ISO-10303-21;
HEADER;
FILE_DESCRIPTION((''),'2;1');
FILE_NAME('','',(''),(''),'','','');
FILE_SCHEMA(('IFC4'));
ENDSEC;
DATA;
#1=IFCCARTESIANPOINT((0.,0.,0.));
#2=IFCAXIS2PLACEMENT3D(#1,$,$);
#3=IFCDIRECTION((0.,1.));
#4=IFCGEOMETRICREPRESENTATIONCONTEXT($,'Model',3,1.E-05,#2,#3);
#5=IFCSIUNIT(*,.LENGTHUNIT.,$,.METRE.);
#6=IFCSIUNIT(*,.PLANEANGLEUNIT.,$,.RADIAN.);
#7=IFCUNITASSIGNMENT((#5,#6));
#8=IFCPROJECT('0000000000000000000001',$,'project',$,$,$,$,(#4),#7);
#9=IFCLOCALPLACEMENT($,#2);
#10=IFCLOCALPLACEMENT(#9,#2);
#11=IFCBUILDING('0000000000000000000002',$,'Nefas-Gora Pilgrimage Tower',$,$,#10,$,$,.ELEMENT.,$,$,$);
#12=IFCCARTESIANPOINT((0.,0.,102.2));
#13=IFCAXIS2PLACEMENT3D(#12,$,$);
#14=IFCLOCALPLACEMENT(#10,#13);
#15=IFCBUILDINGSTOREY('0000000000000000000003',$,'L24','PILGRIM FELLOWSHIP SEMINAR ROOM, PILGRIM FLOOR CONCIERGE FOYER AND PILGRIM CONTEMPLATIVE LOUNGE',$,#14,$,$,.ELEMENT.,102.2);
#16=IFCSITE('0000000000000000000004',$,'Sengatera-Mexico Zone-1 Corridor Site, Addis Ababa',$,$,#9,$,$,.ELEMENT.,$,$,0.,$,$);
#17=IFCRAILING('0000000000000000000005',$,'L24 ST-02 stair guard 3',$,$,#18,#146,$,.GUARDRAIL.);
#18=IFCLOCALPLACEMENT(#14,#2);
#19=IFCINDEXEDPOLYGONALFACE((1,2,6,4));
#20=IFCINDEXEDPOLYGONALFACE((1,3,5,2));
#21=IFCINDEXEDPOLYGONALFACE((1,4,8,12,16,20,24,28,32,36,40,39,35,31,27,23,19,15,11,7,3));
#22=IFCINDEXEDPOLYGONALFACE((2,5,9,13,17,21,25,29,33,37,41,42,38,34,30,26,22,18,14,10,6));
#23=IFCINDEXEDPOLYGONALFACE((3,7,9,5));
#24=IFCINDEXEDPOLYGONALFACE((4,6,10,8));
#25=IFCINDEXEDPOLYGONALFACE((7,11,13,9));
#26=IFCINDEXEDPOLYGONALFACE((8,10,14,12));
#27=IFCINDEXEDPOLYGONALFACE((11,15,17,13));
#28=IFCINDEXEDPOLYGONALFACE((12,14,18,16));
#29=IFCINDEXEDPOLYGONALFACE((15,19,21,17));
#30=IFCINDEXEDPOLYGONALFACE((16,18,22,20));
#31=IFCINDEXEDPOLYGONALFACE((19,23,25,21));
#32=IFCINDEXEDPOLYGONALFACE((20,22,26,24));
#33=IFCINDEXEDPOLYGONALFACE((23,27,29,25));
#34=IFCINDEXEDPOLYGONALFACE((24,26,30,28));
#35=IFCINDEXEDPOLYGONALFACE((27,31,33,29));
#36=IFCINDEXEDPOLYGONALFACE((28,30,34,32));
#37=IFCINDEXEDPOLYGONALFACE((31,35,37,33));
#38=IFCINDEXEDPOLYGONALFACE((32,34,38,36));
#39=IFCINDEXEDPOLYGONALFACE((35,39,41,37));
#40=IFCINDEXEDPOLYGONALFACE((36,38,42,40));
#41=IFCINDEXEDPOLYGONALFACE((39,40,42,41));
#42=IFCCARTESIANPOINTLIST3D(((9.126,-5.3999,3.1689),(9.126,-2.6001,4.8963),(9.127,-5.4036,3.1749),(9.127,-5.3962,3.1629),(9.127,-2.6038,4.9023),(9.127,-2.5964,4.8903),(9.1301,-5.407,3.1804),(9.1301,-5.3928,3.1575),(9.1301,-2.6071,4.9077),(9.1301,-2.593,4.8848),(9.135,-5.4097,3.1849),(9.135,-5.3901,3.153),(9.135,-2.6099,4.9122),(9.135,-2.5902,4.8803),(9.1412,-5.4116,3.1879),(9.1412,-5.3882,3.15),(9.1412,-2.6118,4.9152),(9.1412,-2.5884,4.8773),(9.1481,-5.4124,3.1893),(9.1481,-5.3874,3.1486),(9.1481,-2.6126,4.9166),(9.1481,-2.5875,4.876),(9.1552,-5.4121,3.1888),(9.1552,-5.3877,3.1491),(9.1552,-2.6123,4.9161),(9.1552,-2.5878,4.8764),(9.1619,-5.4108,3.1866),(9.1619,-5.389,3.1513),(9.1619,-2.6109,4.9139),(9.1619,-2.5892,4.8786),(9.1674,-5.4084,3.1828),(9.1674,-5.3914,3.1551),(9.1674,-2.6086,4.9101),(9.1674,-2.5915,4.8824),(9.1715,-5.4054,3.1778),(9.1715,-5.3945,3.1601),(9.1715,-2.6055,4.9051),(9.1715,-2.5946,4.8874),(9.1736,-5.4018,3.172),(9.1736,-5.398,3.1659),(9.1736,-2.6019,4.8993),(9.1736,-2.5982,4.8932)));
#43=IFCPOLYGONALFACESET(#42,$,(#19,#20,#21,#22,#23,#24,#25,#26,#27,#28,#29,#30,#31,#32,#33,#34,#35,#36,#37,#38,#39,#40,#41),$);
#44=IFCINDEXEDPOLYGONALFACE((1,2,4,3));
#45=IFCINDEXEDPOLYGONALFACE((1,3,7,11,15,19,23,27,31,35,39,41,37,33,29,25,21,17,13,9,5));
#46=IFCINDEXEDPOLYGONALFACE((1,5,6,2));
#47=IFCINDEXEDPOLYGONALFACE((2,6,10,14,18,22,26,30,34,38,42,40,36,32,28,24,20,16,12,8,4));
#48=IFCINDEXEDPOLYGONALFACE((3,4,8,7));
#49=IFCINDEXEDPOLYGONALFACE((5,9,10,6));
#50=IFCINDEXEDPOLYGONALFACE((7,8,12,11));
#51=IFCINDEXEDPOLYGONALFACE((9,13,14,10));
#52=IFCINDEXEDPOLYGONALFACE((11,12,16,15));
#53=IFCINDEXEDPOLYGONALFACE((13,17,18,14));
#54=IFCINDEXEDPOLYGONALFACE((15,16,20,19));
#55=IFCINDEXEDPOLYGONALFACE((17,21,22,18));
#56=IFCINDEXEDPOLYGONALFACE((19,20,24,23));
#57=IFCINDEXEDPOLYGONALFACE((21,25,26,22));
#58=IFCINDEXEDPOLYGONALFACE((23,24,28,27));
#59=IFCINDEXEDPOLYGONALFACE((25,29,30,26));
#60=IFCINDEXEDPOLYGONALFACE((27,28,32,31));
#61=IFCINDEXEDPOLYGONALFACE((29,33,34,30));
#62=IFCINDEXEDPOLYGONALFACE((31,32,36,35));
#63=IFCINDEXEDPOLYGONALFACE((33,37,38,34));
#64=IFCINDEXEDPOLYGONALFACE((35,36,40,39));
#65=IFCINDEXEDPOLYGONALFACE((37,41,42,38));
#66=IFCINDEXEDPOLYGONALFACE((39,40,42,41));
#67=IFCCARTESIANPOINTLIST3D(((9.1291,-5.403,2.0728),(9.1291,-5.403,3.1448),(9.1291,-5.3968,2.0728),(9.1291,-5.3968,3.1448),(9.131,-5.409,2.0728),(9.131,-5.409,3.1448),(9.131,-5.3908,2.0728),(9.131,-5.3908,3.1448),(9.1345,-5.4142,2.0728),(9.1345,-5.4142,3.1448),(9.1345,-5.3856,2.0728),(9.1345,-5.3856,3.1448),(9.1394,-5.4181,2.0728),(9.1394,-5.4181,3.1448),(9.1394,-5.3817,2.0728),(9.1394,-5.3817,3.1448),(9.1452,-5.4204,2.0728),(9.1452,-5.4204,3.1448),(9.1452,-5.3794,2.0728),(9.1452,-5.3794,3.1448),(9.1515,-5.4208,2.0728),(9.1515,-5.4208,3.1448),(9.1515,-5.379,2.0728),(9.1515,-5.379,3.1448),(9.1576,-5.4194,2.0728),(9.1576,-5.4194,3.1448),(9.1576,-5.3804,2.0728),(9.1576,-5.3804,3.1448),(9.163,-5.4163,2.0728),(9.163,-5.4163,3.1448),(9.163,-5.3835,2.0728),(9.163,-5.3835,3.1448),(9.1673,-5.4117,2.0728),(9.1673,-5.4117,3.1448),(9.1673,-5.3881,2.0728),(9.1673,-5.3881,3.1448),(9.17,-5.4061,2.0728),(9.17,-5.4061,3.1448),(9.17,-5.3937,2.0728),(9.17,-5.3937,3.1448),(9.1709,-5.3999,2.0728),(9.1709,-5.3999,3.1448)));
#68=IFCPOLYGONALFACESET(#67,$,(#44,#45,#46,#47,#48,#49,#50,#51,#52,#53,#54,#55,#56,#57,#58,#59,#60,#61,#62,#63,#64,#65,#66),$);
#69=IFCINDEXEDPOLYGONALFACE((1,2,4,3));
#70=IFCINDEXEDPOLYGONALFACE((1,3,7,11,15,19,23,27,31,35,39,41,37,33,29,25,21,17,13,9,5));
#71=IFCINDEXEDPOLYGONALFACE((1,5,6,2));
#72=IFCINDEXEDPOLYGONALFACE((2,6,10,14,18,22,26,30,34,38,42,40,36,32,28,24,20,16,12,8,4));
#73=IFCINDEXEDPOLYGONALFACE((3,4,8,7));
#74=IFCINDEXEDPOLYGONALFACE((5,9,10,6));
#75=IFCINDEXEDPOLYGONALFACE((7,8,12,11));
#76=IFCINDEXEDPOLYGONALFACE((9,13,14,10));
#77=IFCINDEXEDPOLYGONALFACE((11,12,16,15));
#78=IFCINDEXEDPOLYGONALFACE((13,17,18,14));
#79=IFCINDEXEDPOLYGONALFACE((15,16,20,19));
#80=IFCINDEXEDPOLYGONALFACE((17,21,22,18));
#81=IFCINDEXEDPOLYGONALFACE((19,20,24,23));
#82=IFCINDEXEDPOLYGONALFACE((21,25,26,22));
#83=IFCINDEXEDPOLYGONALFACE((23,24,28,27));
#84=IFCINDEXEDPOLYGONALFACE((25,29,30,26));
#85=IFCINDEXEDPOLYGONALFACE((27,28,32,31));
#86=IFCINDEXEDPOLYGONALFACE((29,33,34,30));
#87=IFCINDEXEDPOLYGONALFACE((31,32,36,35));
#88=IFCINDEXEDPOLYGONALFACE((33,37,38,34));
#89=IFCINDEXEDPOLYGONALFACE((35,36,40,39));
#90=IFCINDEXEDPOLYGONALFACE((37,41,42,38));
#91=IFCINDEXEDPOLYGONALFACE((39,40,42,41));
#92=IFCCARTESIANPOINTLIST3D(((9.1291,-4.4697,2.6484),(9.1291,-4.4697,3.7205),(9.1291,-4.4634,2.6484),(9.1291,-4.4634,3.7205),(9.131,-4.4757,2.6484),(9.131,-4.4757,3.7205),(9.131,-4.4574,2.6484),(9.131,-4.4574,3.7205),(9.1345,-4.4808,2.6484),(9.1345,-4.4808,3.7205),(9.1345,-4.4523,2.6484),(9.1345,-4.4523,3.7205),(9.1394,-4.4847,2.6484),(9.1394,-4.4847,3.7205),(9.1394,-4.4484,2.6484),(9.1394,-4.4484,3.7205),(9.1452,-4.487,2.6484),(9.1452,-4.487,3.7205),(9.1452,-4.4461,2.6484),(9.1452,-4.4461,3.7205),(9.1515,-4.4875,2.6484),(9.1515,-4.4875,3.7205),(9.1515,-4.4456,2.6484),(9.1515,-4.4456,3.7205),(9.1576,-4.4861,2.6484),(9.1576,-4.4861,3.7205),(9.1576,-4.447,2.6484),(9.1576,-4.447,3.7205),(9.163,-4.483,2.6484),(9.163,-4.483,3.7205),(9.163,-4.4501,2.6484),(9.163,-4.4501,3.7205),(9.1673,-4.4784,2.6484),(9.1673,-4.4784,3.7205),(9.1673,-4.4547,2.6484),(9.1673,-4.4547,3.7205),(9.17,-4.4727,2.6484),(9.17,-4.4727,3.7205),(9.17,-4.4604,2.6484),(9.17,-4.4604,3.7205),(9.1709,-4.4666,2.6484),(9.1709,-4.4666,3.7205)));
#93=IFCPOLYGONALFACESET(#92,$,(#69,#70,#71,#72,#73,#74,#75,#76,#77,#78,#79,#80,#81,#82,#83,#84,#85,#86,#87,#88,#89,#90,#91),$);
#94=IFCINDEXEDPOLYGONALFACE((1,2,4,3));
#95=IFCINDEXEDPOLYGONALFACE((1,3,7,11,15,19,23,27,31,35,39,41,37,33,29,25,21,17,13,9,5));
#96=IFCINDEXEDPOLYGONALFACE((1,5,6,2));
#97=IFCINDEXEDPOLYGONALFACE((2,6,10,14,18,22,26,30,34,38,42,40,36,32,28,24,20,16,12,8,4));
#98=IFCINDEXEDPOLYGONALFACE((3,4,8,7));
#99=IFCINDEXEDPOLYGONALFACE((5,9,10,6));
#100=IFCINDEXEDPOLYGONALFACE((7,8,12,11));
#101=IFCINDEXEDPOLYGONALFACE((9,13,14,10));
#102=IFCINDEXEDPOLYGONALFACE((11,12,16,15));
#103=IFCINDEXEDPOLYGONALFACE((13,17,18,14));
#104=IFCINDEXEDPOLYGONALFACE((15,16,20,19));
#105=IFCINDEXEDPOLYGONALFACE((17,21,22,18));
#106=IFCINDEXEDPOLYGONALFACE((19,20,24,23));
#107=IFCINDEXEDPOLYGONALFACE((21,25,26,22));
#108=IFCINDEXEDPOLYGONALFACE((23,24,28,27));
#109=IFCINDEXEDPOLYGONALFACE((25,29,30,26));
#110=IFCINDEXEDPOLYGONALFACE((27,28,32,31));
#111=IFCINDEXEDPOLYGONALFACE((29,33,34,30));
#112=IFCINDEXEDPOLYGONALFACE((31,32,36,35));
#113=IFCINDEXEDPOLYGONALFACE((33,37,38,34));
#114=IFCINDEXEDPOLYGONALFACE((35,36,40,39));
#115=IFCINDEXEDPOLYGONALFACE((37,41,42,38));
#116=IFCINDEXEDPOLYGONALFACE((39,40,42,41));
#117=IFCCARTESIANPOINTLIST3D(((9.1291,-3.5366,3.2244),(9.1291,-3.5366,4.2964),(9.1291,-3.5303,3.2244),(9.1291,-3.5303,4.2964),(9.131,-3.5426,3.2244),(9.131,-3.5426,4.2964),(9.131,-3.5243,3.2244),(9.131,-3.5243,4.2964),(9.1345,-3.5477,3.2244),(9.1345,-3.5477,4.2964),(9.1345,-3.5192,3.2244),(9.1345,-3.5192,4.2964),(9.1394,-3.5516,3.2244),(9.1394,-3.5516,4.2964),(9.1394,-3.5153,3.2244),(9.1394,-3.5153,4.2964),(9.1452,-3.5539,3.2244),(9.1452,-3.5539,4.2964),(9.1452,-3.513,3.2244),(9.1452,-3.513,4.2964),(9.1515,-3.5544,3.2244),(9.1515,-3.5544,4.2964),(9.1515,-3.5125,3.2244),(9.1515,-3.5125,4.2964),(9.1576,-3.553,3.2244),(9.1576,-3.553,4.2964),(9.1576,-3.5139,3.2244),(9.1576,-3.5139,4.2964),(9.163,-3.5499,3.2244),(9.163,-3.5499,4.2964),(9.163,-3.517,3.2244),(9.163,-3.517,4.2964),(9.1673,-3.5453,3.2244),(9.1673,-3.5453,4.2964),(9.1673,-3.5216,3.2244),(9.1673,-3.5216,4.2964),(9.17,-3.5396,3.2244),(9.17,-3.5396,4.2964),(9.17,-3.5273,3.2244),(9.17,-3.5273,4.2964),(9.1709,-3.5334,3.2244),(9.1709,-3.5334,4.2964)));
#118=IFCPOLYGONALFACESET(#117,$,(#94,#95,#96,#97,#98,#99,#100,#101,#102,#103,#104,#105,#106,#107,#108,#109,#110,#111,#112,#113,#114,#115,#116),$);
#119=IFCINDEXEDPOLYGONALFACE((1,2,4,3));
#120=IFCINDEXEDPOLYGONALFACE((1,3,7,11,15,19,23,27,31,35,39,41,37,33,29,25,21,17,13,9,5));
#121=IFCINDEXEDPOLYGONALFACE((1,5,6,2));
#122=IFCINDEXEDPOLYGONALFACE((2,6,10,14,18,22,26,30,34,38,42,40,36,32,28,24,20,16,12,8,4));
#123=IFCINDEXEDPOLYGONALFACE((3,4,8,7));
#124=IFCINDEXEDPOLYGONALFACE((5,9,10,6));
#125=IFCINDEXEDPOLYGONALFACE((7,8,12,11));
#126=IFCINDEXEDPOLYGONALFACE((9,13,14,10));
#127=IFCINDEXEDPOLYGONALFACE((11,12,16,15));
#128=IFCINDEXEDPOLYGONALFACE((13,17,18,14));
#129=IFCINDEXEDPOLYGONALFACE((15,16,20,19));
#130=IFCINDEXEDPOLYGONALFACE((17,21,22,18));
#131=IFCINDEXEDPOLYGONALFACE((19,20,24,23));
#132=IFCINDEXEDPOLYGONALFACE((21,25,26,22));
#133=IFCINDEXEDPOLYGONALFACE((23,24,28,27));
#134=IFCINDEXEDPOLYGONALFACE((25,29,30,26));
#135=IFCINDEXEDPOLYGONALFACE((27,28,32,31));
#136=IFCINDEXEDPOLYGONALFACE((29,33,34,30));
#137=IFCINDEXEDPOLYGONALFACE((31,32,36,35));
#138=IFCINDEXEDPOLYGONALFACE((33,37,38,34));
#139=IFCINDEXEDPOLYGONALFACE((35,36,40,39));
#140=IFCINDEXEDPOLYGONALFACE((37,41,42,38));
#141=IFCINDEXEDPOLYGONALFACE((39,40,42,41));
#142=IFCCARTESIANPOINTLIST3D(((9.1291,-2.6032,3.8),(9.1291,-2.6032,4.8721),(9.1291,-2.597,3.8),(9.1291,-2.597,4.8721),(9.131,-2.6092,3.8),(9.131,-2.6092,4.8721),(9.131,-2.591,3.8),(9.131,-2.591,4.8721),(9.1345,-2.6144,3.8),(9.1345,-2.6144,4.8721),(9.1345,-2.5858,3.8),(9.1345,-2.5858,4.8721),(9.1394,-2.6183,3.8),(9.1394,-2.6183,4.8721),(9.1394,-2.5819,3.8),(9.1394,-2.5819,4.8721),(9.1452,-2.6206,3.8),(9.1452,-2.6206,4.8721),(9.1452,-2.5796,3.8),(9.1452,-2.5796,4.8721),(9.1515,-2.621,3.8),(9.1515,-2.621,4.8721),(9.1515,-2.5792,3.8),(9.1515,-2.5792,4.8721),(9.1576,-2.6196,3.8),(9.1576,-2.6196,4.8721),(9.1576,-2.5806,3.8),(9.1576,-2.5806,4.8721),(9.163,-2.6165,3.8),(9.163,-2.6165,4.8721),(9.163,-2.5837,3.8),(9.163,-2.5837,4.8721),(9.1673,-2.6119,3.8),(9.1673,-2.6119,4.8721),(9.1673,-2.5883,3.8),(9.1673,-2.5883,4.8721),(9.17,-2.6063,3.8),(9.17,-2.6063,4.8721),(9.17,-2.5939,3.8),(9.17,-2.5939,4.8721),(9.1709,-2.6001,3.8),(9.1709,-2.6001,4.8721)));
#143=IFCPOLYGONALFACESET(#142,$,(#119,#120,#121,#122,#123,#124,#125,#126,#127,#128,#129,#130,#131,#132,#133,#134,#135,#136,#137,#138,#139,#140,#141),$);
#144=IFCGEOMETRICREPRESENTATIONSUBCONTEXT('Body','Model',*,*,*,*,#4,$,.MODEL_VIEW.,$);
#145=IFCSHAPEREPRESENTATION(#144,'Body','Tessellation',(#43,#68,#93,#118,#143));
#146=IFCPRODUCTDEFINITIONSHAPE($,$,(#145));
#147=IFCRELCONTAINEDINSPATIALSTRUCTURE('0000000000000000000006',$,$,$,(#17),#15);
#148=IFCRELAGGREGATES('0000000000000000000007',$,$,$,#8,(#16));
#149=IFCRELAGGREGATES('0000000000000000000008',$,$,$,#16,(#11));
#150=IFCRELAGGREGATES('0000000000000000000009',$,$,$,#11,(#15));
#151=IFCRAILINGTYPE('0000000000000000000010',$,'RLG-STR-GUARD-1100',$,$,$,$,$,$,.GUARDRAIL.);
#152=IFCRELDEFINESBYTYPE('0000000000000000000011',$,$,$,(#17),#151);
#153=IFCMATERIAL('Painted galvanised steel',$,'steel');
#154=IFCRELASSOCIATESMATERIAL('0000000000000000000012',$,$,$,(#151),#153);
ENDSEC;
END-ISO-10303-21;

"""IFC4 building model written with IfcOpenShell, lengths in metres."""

from ifc_helpers import new_model, si_unit, direction, frame, origin, origin_2d, place, context, subcontext, project, spatial, circle, extrude, material, type_object, element, save


model = new_model("IFC4")

# Units and contexts
model_context = context("Model", 3, precision=1e-05, world=origin(), true_north=direction((0.0, 1.0)))
body_context = subcontext(model_context, "Body", "Model", "MODEL_VIEW")
ifc_project = project(units=[si_unit("LENGTHUNIT", "METRE"), si_unit("PLANEANGLEUNIT", "RADIAN")], contexts=[model_context])

# Site, building, storey
site_placement = place(None, origin())
site = spatial("IfcSite", under=ifc_project, at=site_placement, Name="Sengatera-Mexico Zone-1 Corridor Site, Addis Ababa", CompositionType="ELEMENT", RefElevation=0.0)
building_placement = place(site_placement, origin())
building = spatial("IfcBuilding", under=site, at=building_placement, Name="Nefas-Gora Pilgrimage Tower", CompositionType="ELEMENT")
storey_placement = place(building_placement, frame((0.0, 0.0, 102.2)))
storey = spatial("IfcBuildingStorey", under=building, at=storey_placement, Name="L24", Description="PILGRIM FELLOWSHIP SEMINAR ROOM, PILGRIM FLOOR CONCIERGE FOYER AND PILGRIM CONTEMPLATIVE LOUNGE", CompositionType="ELEMENT", Elevation=102.2)

# Railing
ifc_material_1 = material(Name="Painted galvanised steel", Category="steel")
railing_type_1 = type_object("IfcRailingType", Name="RLG-STR-GUARD-1100", PredefinedType="GUARDRAIL", material=ifc_material_1)
railing_1_placement = place(storey_placement, frame((9.1499, -5.3999, 2.0728)))
element("IfcRailing", 1, at=railing_1_placement, inside=storey, type_object=railing_type_1, Name="L24 ST-02 stair guard 3", PredefinedType="GUARDRAIL", context=body_context, shape_type="SweptSolid", body=[
    extrude(circle(Radius=0.0239, at=origin_2d()), frame((0.0, 0.0, 1.0962), z_axis=(0.0, 0.851069, 0.525054), x_axis=(-1.0, 0.0, 0.0)), (0.0, 0.0, 1.0), 3.2898),
    extrude(circle(Radius=0.021, at=origin_2d()), origin(), (0.0, 0.0, 1.0), 1.072),
    extrude(circle(Radius=0.021, at=origin_2d()), frame((0.0, 0.9333, 0.5757)), (0.0, 0.0, 1.0), 1.072),
    extrude(circle(Radius=0.021, at=origin_2d()), frame((0.0, 1.8665, 1.1516)), (0.0, 0.0, 1.0), 1.072),
    extrude(circle(Radius=0.021, at=origin_2d()), frame((0.0, 2.7998, 1.7273)), (0.0, 0.0, 1.0), 1.072),
])

save(model, "model.ifc")
